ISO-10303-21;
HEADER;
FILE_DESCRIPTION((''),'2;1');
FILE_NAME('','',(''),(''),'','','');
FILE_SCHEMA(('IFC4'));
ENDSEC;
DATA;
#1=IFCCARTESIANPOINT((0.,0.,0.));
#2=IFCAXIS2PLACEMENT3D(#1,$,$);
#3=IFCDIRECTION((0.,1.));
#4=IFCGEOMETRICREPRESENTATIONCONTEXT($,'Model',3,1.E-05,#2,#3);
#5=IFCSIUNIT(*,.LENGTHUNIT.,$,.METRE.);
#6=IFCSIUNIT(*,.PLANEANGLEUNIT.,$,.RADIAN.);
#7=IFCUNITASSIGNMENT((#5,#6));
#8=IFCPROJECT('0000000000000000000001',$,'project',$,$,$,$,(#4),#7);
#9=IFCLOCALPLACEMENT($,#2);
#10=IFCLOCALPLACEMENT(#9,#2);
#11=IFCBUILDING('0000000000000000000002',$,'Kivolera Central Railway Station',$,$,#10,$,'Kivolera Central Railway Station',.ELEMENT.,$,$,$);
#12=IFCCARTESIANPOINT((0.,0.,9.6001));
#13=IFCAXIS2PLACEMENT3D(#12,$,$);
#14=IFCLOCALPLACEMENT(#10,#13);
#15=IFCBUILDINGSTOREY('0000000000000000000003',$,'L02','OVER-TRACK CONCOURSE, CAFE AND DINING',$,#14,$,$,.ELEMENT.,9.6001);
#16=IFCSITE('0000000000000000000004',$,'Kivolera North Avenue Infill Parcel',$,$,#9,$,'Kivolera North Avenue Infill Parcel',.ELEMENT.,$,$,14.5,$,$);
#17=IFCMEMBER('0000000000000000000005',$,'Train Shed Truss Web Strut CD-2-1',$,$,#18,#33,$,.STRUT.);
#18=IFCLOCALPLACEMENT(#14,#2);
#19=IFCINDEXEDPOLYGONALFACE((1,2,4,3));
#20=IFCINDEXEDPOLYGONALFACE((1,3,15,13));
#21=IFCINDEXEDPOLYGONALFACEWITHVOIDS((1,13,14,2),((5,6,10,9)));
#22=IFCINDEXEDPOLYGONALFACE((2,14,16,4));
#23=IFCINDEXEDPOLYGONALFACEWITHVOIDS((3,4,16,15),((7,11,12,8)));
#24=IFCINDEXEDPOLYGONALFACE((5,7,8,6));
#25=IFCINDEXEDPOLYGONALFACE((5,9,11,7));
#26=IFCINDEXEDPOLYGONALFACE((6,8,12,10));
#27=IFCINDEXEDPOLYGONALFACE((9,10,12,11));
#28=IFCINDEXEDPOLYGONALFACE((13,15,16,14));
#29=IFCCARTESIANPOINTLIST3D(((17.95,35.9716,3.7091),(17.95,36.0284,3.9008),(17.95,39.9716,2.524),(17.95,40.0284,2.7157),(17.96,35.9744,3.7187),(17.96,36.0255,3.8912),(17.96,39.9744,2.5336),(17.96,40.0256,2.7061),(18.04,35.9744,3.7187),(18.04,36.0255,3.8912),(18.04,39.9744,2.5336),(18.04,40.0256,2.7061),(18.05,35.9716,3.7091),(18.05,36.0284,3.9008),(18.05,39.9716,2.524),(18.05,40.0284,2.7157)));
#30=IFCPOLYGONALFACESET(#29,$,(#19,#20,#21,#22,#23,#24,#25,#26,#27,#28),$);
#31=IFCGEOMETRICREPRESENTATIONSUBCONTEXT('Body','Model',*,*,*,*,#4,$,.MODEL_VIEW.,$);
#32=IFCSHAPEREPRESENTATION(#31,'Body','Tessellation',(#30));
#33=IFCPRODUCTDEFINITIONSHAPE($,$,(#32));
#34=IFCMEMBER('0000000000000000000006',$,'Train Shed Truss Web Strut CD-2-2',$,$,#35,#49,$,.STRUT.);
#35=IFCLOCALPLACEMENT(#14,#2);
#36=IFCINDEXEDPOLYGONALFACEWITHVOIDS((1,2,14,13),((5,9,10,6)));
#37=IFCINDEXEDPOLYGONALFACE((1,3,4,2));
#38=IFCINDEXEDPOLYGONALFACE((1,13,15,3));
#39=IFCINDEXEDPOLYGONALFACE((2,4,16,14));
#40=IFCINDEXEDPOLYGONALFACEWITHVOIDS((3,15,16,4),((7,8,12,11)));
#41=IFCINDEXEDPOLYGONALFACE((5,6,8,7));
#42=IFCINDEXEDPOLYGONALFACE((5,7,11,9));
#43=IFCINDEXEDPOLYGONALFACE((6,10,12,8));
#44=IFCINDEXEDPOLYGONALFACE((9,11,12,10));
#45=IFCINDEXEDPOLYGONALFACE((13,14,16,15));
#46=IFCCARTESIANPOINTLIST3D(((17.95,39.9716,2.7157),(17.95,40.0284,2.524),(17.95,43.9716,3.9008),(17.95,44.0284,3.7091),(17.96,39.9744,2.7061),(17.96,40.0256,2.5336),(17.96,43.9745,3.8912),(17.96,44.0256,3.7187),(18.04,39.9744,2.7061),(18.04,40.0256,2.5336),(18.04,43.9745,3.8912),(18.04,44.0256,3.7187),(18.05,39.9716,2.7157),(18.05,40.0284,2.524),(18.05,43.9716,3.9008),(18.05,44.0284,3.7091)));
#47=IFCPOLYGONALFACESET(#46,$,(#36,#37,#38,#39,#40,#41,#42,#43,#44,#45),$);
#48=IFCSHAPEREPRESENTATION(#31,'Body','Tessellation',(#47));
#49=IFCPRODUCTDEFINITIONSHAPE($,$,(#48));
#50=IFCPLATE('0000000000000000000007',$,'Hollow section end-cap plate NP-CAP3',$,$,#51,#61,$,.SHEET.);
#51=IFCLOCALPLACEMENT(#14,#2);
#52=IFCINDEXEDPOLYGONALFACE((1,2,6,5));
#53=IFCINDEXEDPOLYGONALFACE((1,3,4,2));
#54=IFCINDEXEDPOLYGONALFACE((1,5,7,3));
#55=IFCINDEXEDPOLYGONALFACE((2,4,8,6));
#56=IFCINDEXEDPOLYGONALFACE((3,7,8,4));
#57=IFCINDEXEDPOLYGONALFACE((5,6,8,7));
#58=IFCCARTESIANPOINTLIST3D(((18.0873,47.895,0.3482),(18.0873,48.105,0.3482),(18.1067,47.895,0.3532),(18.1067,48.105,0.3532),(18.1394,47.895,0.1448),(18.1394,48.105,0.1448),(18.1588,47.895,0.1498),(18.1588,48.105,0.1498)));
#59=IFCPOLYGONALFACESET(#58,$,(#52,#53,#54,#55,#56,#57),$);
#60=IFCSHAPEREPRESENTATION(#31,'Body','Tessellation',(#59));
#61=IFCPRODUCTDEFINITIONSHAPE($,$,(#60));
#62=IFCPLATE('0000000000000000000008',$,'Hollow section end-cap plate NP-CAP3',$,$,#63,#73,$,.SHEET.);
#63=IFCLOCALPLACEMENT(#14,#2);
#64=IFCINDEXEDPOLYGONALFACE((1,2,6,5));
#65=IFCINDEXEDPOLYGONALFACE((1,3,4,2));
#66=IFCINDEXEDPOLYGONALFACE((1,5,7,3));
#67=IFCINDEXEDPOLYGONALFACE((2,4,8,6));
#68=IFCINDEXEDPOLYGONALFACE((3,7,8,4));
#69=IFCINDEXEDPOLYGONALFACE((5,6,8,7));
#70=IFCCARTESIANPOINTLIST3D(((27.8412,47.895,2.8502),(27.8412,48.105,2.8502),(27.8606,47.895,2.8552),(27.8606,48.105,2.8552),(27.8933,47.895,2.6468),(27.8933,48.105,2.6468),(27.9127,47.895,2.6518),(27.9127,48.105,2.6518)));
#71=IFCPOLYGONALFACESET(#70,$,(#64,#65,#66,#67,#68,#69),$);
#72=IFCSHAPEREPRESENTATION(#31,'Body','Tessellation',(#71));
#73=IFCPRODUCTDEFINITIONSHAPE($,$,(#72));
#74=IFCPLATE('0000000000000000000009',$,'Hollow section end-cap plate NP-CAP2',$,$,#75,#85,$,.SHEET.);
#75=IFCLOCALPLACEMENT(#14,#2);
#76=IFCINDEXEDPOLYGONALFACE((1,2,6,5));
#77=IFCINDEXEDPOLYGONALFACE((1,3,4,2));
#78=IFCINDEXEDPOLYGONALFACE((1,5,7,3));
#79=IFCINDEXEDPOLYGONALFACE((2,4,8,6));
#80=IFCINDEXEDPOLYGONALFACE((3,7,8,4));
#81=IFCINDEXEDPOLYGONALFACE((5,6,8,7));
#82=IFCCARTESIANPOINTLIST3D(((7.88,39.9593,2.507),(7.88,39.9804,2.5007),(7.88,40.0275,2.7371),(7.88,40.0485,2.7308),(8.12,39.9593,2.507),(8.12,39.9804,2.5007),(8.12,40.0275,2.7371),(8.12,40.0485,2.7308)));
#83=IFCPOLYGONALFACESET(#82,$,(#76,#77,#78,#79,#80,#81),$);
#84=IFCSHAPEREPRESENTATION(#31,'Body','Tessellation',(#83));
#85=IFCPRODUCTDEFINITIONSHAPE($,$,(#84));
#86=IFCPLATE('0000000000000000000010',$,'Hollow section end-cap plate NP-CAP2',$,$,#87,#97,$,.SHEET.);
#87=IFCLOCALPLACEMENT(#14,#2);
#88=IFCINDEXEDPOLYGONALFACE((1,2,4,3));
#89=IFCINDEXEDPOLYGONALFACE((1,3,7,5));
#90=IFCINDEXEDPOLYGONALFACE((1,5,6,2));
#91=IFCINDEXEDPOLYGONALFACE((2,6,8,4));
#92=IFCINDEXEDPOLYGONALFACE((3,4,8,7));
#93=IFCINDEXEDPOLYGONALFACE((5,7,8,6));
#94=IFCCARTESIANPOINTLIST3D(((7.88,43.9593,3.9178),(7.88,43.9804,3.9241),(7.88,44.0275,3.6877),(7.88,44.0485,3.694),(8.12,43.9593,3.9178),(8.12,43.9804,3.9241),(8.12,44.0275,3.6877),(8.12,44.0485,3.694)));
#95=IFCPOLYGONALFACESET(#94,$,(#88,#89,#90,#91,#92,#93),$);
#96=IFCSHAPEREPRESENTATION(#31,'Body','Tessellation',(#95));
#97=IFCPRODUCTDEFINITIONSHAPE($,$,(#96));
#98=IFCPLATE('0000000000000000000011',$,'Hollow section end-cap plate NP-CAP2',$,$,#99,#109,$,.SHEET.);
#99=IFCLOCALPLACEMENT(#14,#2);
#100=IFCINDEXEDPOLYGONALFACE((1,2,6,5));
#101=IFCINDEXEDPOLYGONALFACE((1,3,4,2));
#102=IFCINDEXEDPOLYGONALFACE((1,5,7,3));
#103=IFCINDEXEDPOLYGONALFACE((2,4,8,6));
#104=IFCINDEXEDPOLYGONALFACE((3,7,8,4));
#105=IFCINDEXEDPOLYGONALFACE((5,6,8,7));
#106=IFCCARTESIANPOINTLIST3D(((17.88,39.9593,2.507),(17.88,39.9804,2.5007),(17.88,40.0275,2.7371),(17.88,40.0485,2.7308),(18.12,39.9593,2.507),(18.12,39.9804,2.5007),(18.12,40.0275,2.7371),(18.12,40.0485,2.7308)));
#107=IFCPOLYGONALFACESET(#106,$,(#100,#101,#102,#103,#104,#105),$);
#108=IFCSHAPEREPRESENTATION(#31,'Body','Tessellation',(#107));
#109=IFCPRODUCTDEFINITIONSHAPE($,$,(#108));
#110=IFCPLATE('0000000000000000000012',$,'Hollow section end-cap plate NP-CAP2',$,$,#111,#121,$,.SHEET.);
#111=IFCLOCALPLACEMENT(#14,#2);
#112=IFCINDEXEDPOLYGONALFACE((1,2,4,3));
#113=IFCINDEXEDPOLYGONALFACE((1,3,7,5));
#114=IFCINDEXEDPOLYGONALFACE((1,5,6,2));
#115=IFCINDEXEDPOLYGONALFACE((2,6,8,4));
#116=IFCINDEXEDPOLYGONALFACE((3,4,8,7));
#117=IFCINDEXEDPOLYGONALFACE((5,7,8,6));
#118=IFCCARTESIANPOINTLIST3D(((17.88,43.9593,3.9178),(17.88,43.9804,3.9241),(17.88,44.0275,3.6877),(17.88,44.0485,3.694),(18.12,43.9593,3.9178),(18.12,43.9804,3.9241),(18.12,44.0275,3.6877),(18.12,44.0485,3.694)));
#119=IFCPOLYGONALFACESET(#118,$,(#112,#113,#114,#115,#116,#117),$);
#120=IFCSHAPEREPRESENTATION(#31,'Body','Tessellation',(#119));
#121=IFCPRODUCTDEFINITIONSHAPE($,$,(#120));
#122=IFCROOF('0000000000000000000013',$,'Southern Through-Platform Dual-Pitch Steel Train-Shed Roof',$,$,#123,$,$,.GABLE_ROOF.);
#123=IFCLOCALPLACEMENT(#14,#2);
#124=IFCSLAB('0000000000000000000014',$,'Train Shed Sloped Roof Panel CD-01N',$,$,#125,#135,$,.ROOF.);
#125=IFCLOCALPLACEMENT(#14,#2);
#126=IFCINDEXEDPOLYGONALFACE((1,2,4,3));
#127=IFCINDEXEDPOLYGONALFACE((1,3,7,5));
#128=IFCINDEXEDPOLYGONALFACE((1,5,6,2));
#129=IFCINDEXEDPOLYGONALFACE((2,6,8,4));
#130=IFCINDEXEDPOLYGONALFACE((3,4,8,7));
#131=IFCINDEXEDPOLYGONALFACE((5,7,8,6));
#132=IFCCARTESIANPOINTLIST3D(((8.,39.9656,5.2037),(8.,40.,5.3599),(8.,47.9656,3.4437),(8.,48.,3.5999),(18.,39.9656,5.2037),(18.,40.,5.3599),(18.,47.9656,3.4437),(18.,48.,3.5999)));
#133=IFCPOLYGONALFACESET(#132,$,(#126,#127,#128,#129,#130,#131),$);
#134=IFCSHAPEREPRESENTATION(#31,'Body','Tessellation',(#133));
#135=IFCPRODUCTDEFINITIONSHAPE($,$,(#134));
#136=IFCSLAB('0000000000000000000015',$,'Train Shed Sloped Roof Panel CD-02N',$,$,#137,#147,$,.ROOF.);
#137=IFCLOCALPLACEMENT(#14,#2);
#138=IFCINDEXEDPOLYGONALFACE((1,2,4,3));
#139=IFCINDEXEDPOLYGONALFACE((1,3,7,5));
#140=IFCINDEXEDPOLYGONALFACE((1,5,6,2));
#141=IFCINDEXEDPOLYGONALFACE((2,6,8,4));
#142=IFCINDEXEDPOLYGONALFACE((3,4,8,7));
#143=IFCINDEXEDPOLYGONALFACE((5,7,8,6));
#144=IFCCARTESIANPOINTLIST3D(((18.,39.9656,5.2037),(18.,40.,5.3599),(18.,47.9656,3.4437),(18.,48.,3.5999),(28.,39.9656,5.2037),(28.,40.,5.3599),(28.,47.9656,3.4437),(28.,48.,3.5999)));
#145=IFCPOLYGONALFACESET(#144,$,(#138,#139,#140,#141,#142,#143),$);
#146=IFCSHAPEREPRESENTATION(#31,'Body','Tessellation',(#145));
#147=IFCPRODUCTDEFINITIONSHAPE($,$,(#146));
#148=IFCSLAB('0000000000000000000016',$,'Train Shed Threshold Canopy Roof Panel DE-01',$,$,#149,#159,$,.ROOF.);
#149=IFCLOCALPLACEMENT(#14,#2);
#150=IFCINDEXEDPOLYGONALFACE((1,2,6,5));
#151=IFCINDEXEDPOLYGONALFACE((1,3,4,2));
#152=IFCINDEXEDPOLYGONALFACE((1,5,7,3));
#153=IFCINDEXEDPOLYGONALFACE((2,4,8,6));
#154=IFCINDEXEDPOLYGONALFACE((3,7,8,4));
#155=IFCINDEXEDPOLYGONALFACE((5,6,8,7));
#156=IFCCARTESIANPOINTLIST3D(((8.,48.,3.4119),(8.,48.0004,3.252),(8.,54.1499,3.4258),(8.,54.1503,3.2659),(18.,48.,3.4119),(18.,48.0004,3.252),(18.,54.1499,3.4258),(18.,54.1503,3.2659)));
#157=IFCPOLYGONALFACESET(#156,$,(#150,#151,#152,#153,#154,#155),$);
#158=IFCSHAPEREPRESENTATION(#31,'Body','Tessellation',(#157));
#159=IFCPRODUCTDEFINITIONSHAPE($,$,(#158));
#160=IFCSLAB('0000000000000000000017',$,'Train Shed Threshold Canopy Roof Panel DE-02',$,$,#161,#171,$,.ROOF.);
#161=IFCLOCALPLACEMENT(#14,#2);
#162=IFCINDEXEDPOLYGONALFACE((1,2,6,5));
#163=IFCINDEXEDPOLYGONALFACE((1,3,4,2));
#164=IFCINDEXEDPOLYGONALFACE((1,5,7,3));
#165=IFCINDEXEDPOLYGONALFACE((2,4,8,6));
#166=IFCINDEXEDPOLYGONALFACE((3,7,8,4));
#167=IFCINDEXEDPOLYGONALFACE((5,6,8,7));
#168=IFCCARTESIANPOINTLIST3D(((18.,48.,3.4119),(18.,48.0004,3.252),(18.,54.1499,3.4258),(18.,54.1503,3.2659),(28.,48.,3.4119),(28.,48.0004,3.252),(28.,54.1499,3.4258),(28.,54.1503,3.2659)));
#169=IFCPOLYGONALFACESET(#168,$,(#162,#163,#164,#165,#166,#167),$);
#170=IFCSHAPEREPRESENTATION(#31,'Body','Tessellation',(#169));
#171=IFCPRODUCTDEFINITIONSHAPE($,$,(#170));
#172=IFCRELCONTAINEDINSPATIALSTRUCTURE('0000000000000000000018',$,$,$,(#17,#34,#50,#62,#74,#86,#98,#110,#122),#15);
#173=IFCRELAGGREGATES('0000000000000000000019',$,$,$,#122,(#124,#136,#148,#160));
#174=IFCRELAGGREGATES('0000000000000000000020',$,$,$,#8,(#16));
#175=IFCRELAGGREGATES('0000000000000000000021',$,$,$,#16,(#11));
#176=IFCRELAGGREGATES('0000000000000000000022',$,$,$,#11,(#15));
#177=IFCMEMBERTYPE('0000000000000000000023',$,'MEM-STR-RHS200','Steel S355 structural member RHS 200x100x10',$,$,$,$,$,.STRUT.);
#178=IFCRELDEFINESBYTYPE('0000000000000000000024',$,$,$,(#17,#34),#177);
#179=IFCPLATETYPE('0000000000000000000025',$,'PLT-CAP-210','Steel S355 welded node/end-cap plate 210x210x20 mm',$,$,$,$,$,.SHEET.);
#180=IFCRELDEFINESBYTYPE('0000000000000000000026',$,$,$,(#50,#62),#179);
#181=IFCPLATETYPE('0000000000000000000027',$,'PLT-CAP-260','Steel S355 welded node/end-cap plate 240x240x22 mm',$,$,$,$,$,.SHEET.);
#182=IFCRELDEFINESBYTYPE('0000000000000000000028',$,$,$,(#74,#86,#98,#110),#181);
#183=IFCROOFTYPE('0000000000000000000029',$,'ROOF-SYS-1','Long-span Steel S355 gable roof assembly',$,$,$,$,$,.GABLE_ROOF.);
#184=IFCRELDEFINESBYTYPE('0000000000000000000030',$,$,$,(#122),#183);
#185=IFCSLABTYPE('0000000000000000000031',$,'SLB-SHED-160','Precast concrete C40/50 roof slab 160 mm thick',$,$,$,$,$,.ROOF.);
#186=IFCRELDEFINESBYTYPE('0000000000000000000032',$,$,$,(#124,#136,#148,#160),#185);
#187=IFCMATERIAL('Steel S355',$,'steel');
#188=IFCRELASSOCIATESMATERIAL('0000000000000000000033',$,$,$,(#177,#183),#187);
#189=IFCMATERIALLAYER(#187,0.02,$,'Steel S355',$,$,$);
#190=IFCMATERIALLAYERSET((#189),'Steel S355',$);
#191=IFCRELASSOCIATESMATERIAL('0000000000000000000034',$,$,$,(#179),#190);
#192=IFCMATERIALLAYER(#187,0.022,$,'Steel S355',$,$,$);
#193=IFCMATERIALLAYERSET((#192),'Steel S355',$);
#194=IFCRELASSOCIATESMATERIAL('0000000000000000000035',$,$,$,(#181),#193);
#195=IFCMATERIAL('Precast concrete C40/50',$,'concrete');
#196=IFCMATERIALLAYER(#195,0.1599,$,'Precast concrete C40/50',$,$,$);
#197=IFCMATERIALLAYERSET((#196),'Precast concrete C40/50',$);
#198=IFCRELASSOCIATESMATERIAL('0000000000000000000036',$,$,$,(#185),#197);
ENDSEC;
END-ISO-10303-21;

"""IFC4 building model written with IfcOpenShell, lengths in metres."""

from ifc_helpers import new_model, si_unit, direction, frame, origin, origin_2d, place, context, subcontext, project, spatial, polyline, rectangle, hollow_rectangle, outline, extrude, material, layer, layer_set, material_profile, profile_set, type_object, element, aggregate, save


model = new_model("IFC4")

# Units and contexts
model_context = context("Model", 3, precision=1e-05, world=origin(), true_north=direction((0.0, 1.0)))
body_context = subcontext(model_context, "Body", "Model", "MODEL_VIEW")
ifc_project = project(units=[si_unit("LENGTHUNIT", "METRE"), si_unit("PLANEANGLEUNIT", "RADIAN")], contexts=[model_context])

# Site, building, storey
site_placement = place(None, origin())
site = spatial("IfcSite", under=ifc_project, at=site_placement, Name="Kivolera North Avenue Infill Parcel", LongName="Kivolera North Avenue Infill Parcel", CompositionType="ELEMENT", RefElevation=14.5)
building_placement = place(site_placement, origin())
building = spatial("IfcBuilding", under=site, at=building_placement, Name="Kivolera Central Railway Station", LongName="Kivolera Central Railway Station", CompositionType="ELEMENT")
storey_placement = place(building_placement, frame((0.0, 0.0, 9.6001)))
storey = spatial("IfcBuildingStorey", under=building, at=storey_placement, Name="L02", Description="OVER-TRACK CONCOURSE, CAFE AND DINING", CompositionType="ELEMENT", Elevation=9.6001)

# Shared definitions
ifc_material_1 = material(Name="Steel S355", Category="steel")

# Members
ifc_material_profile_1 = material_profile(ifc_material_1, hollow_rectangle(XDim=0.1001, YDim=0.2, WallThickness=0.01, at=origin_2d()), Name="RHS 200x100x10")
ifc_profile_set_1 = profile_set([ifc_material_profile_1], Name="Steel S355")
member_type_1 = type_object("IfcMemberType", Name="MEM-STR-RHS200", Description="Steel S355 structural member RHS 200x100x10", PredefinedType="STRUT", material=ifc_profile_set_1)
for number, where, z_axis, x_axis, name in (
    (1, (18.0, 40.0, 2.6199), (0.0, -0.958806, 0.28406), (1.0, 0.0, 0.0), "Train Shed Truss Web Strut CD-2-1"),
    (2, (18.0, 40.0, 2.6199), (0.0, 0.958806, 0.28406), (-1.0, 0.0, 0.0), "Train Shed Truss Web Strut CD-2-2"),
):
    element("IfcMember", number, at=place(storey_placement, frame(where, z_axis=z_axis, x_axis=x_axis)), inside=storey, type_object=member_type_1, Name=name, PredefinedType="STRUT", context=body_context, shape_type="SweptSolid", body=[
        extrude(hollow_rectangle(XDim=0.1001, YDim=0.2, WallThickness=0.01, at=origin_2d()), origin(), (0.0, 0.0, 1.0), 4.1719),
    ])

# Plates
ifc_layer_1 = layer(ifc_material_1, 0.02, Name="Steel S355")
ifc_layer_set_1 = layer_set([ifc_layer_1], Name="Steel S355")
plate_type_1 = type_object("IfcPlateType", Name="PLT-CAP-210", Description="Steel S355 welded node/end-cap plate 210x210x20 mm", PredefinedType="SHEET", material=ifc_layer_set_1)
for number, where, z_axis, x_axis, name in (
    (3, (18.123, 48.0, 0.249), (0.968639, 0.0, 0.248471), (0.0, 1.0, 0.0), "Hollow section end-cap plate NP-CAP3"),
    (4, (27.877, 48.0, 2.751), (0.968639, 0.0, 0.248471), (0.0, 1.0, 0.0), "Hollow section end-cap plate NP-CAP3"),
):
    element("IfcPlate", number, at=place(storey_placement, frame(where, z_axis=z_axis, x_axis=x_axis)), inside=storey, type_object=plate_type_1, Name=name, PredefinedType="SHEET", context=body_context, shape_type="SweptSolid", body=[
        extrude(rectangle(XDim=0.21, YDim=0.21, at=origin_2d()), frame((0.0, 0.0, -0.01)), (0.0, 0.0, 1.0), 0.02),
    ])
ifc_layer_2 = layer(ifc_material_1, 0.022, Name="Steel S355")
ifc_layer_set_2 = layer_set([ifc_layer_2], Name="Steel S355")
plate_type_2 = type_object("IfcPlateType", Name="PLT-CAP-260", Description="Steel S355 welded node/end-cap plate 240x240x22 mm", PredefinedType="SHEET", material=ifc_layer_set_2)
for number, where, z_axis, x_axis, name in (
    (5, (8.0, 40.0039, 2.6189), (0.0, -0.95881, 0.284048), (1.0, 0.0, 0.0), "Hollow section end-cap plate NP-CAP2"),
    (6, (8.0, 44.0039, 3.8059), (0.0, 0.95881, 0.284048), (-1.0, 0.0, 0.0), "Hollow section end-cap plate NP-CAP2"),
    (7, (18.0, 40.0039, 2.6189), (0.0, -0.95881, 0.284048), (1.0, 0.0, 0.0), "Hollow section end-cap plate NP-CAP2"),
    (8, (18.0, 44.0039, 3.8059), (0.0, 0.95881, 0.284048), (-1.0, 0.0, 0.0), "Hollow section end-cap plate NP-CAP2"),
):
    element("IfcPlate", number, at=place(storey_placement, frame(where, z_axis=z_axis, x_axis=x_axis)), inside=storey, type_object=plate_type_2, Name=name, PredefinedType="SHEET", context=body_context, shape_type="SweptSolid", body=[
        extrude(rectangle(XDim=0.24, YDim=0.24, at=origin_2d()), frame((0.0, 0.0, -0.011)), (0.0, 0.0, 1.0), 0.022),
    ])

# Roof, slabs
roof_type = type_object("IfcRoofType", Name="ROOF-SYS-1", Description="Long-span Steel S355 gable roof assembly", PredefinedType="GABLE_ROOF", material=ifc_material_1)
roof_placement = place(storey_placement, origin())
roof = element("IfcRoof", 9, at=roof_placement, inside=storey, type_object=roof_type, Name="Southern Through-Platform Dual-Pitch Steel Train-Shed Roof", PredefinedType="GABLE_ROOF")
ifc_material_2 = material(Name="Precast concrete C40/50", Category="concrete")
ifc_layer_3 = layer(ifc_material_2, 0.1599, Name="Precast concrete C40/50")
ifc_layer_set_3 = layer_set([ifc_layer_3], Name="Precast concrete C40/50")
slab_type = type_object("IfcSlabType", Name="SLB-SHED-160", Description="Precast concrete C40/50 roof slab 160 mm thick", PredefinedType="ROOF", material=ifc_layer_set_3)
slab_1_placement = place(storey_placement, frame((8.0, 40.0, 5.3599), z_axis=(0.0, 0.214863, 0.976644), x_axis=(1.0, 0.0, 0.0)))
slab_1 = element("IfcSlab", 10, at=slab_1_placement, type_object=slab_type, Name="Train Shed Sloped Roof Panel CD-01N", PredefinedType="ROOF", context=body_context, shape_type="SweptSolid", body=[
    extrude(outline(polyline([(0.0, 0.0), (10.0, 0.0), (10.0, 8.1913), (0.0, 8.1913), (0.0, 0.0)])), origin(), (0.0, 0.0, -1.0), 0.1599),
])
slab_2_placement = place(storey_placement, frame((18.0, 40.0, 5.3599), z_axis=(0.0, 0.214863, 0.976644), x_axis=(1.0, 0.0, 0.0)))
slab_2 = element("IfcSlab", 11, at=slab_2_placement, type_object=slab_type, Name="Train Shed Sloped Roof Panel CD-02N", PredefinedType="ROOF", context=body_context, shape_type="SweptSolid", body=[
    extrude(outline(polyline([(0.0, 0.0), (10.0, 0.0), (10.0, 8.1913), (0.0, 8.1913), (0.0, 0.0)])), origin(), (0.0, 0.0, -1.0), 0.1599),
])
slab_3_placement = place(storey_placement, frame((8.0, 48.0, 3.4119), z_axis=(0.0, -0.002263, 0.999997), x_axis=(1.0, 0.0, 0.0)))
slab_3 = element("IfcSlab", 12, at=slab_3_placement, type_object=slab_type, Name="Train Shed Threshold Canopy Roof Panel DE-01", PredefinedType="ROOF", context=body_context, shape_type="SweptSolid", body=[
    extrude(outline(polyline([(0.0, 0.0), (10.0, 0.0), (10.0, 6.1499), (0.0, 6.1499), (0.0, 0.0)])), origin(), (0.0, 0.0, -1.0), 0.1599),
])
slab_4_placement = place(storey_placement, frame((18.0, 48.0, 3.4119), z_axis=(0.0, -0.002263, 0.999997), x_axis=(1.0, 0.0, 0.0)))
slab_4 = element("IfcSlab", 13, at=slab_4_placement, type_object=slab_type, Name="Train Shed Threshold Canopy Roof Panel DE-02", PredefinedType="ROOF", context=body_context, shape_type="SweptSolid", body=[
    extrude(outline(polyline([(0.0, 0.0), (10.0, 0.0), (10.0, 6.1499), (0.0, 6.1499), (0.0, 0.0)])), origin(), (0.0, 0.0, -1.0), 0.1599),
])
aggregate(roof, [slab_1, slab_2, slab_3, slab_4])

save(model, "model.ifc")
